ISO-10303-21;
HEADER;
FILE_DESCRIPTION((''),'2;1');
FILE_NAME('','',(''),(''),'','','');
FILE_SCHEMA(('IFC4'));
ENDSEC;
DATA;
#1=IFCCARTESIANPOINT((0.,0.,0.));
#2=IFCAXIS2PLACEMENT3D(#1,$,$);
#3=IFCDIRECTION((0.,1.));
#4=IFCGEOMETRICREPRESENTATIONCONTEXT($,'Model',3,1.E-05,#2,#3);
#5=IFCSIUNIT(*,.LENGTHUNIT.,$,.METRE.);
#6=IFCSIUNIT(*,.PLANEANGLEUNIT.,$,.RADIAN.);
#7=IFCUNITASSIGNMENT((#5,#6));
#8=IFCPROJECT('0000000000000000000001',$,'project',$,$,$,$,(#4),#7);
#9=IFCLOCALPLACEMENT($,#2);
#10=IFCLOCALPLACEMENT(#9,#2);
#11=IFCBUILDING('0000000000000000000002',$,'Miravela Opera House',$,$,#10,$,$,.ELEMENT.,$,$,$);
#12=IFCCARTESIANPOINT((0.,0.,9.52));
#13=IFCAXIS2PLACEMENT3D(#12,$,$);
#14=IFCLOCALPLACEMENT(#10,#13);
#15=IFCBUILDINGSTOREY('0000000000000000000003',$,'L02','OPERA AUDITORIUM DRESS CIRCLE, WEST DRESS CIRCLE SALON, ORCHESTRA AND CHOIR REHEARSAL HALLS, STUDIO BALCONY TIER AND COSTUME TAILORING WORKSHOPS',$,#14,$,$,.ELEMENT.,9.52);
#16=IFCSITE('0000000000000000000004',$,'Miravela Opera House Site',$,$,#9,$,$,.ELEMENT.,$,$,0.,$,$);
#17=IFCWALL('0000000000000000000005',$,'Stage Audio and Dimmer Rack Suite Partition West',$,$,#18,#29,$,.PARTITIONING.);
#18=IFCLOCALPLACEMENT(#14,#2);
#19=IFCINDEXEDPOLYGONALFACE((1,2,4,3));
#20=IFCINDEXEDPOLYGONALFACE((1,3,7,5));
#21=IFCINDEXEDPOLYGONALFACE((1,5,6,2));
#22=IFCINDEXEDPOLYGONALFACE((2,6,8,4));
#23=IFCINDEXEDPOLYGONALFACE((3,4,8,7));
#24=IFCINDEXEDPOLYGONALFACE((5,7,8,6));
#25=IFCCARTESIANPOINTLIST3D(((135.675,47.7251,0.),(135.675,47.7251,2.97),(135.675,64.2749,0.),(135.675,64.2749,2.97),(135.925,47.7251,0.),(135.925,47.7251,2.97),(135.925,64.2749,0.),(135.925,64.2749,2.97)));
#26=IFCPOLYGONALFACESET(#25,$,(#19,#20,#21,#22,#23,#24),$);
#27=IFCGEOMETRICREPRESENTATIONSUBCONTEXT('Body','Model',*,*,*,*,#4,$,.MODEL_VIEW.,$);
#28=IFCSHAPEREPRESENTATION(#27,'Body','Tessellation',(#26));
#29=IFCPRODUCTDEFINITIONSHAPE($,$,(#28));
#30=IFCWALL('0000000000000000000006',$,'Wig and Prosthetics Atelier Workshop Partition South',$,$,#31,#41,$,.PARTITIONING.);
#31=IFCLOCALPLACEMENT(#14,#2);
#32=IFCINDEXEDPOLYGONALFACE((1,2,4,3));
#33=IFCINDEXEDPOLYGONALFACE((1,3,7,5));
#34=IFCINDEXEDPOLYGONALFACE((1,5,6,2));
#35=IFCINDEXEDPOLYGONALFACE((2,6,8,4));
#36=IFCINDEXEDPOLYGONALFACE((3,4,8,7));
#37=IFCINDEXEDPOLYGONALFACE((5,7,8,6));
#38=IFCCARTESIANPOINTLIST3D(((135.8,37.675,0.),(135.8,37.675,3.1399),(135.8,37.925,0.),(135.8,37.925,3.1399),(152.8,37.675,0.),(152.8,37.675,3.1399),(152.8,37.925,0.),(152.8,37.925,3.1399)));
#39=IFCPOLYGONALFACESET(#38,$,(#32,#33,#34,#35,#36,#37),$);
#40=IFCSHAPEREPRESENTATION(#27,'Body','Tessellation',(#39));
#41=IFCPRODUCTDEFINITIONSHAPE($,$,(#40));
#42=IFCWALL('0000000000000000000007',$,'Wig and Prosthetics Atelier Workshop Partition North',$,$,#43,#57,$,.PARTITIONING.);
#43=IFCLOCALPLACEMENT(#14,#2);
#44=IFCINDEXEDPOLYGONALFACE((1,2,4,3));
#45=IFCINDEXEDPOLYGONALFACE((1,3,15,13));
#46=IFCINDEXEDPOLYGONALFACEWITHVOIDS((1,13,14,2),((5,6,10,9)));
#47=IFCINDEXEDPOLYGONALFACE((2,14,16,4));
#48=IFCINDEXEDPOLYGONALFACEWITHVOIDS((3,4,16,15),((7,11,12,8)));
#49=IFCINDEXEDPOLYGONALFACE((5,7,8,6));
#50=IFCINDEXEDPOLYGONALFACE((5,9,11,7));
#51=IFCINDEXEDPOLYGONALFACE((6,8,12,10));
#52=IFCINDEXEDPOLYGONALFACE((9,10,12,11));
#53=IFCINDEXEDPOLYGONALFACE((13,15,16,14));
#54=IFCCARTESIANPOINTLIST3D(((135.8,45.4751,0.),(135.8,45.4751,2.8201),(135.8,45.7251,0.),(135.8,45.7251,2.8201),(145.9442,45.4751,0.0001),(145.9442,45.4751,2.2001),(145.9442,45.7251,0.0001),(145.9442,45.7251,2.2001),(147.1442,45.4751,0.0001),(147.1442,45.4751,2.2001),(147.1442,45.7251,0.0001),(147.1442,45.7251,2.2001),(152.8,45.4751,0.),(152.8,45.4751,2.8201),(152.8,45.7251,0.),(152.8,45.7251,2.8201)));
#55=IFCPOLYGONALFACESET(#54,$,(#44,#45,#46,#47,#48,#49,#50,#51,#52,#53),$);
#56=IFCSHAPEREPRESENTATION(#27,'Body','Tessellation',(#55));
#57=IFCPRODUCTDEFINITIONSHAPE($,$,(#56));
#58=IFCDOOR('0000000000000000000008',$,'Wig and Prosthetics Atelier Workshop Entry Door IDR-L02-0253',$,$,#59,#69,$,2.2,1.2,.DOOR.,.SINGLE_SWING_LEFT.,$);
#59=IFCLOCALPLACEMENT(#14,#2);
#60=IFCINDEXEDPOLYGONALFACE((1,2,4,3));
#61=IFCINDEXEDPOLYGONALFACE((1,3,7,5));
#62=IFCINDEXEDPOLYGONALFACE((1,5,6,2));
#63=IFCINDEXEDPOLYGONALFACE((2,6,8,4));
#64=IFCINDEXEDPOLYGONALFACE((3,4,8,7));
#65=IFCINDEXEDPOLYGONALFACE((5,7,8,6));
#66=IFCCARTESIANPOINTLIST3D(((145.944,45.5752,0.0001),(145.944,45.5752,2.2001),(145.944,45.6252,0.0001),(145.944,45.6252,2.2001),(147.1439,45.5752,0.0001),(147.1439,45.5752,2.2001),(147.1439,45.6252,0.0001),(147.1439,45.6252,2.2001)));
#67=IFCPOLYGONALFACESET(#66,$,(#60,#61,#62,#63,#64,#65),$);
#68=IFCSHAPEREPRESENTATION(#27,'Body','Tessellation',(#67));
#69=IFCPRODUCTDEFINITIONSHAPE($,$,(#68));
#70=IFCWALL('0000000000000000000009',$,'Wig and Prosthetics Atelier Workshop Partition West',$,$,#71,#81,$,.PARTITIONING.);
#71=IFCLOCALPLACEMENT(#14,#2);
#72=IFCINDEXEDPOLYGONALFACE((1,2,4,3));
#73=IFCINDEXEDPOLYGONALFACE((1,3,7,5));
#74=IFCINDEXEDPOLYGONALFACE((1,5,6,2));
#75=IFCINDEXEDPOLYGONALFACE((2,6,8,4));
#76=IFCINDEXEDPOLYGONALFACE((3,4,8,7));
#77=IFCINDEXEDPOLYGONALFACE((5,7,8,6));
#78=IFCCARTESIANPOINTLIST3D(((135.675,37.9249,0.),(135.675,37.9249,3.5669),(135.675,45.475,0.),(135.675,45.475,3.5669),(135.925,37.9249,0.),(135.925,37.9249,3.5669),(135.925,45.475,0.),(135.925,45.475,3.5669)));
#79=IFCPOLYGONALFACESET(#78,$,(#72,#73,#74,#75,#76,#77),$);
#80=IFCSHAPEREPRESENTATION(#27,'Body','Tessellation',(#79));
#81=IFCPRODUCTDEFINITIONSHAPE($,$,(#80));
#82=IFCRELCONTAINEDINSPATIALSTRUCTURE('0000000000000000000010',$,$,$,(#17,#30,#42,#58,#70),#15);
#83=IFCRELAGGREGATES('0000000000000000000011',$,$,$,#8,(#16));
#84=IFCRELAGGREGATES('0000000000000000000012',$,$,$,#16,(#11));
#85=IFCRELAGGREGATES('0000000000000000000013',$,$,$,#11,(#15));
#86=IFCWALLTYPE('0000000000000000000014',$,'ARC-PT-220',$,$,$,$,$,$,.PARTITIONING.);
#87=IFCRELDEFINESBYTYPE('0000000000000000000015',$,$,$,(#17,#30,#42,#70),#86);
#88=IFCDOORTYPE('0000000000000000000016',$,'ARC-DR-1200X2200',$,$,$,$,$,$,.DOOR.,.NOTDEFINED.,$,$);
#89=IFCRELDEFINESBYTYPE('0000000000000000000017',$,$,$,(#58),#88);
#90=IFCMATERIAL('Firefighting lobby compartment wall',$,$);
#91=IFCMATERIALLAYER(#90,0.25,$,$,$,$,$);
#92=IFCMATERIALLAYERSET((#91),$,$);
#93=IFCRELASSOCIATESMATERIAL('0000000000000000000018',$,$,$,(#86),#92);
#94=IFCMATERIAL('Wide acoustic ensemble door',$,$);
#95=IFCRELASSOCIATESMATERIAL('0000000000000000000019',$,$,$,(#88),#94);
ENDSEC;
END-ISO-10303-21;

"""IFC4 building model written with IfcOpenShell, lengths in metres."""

from ifc_helpers import new_model, si_unit, direction, frame, frame_2d, origin, place, context, subcontext, project, spatial, rectangle, extrude, material, layer, layer_set, type_object, element, fill, save


model = new_model("IFC4")

# Units and contexts
model_context = context("Model", 3, precision=1e-05, world=origin(), true_north=direction((0.0, 1.0)))
body_context = subcontext(model_context, "Body", "Model", "MODEL_VIEW")
ifc_project = project(units=[si_unit("LENGTHUNIT", "METRE"), si_unit("PLANEANGLEUNIT", "RADIAN")], contexts=[model_context])

# Site, building, storey
site_placement = place(None, origin())
site = spatial("IfcSite", under=ifc_project, at=site_placement, Name="Miravela Opera House Site", CompositionType="ELEMENT", RefElevation=0.0)
building_placement = place(site_placement, origin())
building = spatial("IfcBuilding", under=site, at=building_placement, Name="Miravela Opera House", CompositionType="ELEMENT")
storey_placement = place(building_placement, frame((0.0, 0.0, 9.52)))
storey = spatial("IfcBuildingStorey", under=building, at=storey_placement, Name="L02", Description="OPERA AUDITORIUM DRESS CIRCLE, WEST DRESS CIRCLE SALON, ORCHESTRA AND CHOIR REHEARSAL HALLS, STUDIO BALCONY TIER AND COSTUME TAILORING WORKSHOPS", CompositionType="ELEMENT", Elevation=9.52)

# Shared definitions
ifc_material_1 = material(Name="Firefighting lobby compartment wall")
ifc_layer_1 = layer(ifc_material_1, 0.25)
ifc_layer_set_1 = layer_set([ifc_layer_1])
wall_type = type_object("IfcWallType", Name="ARC-PT-220", PredefinedType="PARTITIONING", material=ifc_layer_set_1)

# Walls
wall_1_placement = place(storey_placement, frame((135.8, 47.7251, 0.0), z_axis=(0.0, 0.0, 1.0), x_axis=(0.0, 1.0, 0.0)))
element("IfcWall", 1, at=wall_1_placement, inside=storey, type_object=wall_type, Name="Stage Audio and Dimmer Rack Suite Partition West", PredefinedType="PARTITIONING", context=body_context, shape_type="SweptSolid", body=[
    extrude(rectangle(XDim=16.5498, YDim=0.25, at=frame_2d((8.2749, 0.0))), origin(), (0.0, 0.0, 1.0), 2.97),
])
wall_2_placement = place(storey_placement, frame((135.8, 37.8, 0.0), z_axis=(0.0, 0.0, 1.0), x_axis=(1.0, 0.0, 0.0)))
element("IfcWall", 2, at=wall_2_placement, inside=storey, type_object=wall_type, Name="Wig and Prosthetics Atelier Workshop Partition South", PredefinedType="PARTITIONING", context=body_context, shape_type="SweptSolid", body=[
    extrude(rectangle(XDim=17.0, YDim=0.25, at=frame_2d((8.5, 0.0))), origin(), (0.0, 0.0, 1.0), 3.1399),
])

# Wall, opening, door
wall_3_placement = place(storey_placement, frame((135.8, 45.6001, 0.0), z_axis=(0.0, 0.0, 1.0), x_axis=(1.0, 0.0, 0.0)))
wall_3 = element("IfcWall", 3, at=wall_3_placement, inside=storey, type_object=wall_type, Name="Wig and Prosthetics Atelier Workshop Partition North", PredefinedType="PARTITIONING", context=body_context, shape_type="SweptSolid", body=[
    extrude(rectangle(XDim=17.0, YDim=0.25, at=frame_2d((8.5, 0.0))), origin(), (0.0, 0.0, 1.0), 2.8201),
])
opening_1_placement = place(wall_3_placement, frame((10.144, 0.0, 0.0)))
opening_1 = element("IfcOpeningElement", 4, at=opening_1_placement, cuts=wall_3, PredefinedType="OPENING", context=body_context, shape_type="SweptSolid", body=[
    extrude(rectangle(XDim=1.2, YDim=2.2, at=frame_2d((0.6001, 1.1001))), frame((0.0, 0.135, 0.0), z_axis=(0.0, -1.0, 0.0), x_axis=(1.0, 0.0, 0.0)), (0.0, 0.0, 1.0), 0.27),
])
ifc_material_2 = material(Name="Wide acoustic ensemble door")
door_type_1 = type_object("IfcDoorType", Name="ARC-DR-1200X2200", OperationType="NOTDEFINED", PredefinedType="DOOR", material=ifc_material_2)
door_1_placement = place(opening_1_placement, frame((1.2, 0.0, 0.0), z_axis=(0.0, 0.0, 1.0), x_axis=(-1.0, 0.0, 0.0)))
door_1 = element("IfcDoor", 5, at=door_1_placement, inside=storey, type_object=door_type_1, Name="Wig and Prosthetics Atelier Workshop Entry Door IDR-L02-0253", OperationType="SINGLE_SWING_LEFT", OverallHeight=2.2, OverallWidth=1.2, PredefinedType="DOOR", context=body_context, shape_type="SweptSolid", body=[
    extrude(rectangle(XDim=1.2, YDim=2.2, at=frame_2d((0.6001, 1.1001))), frame((0.0, 0.0249, 0.0), z_axis=(0.0, -1.0, 0.0), x_axis=(1.0, 0.0, 0.0)), (0.0, 0.0, 1.0), 0.05),
])
fill(opening_1, door_1)

# Wall
wall_4_placement = place(storey_placement, frame((135.8, 37.925, 0.0), z_axis=(0.0, 0.0, 1.0), x_axis=(0.0, 1.0, 0.0)))
element("IfcWall", 6, at=wall_4_placement, inside=storey, type_object=wall_type, Name="Wig and Prosthetics Atelier Workshop Partition West", PredefinedType="PARTITIONING", context=body_context, shape_type="SweptSolid", body=[
    extrude(rectangle(XDim=7.55, YDim=0.25, at=frame_2d((3.7749, 0.0))), origin(), (0.0, 0.0, 1.0), 3.5669),
])

save(model, "model.ifc")
